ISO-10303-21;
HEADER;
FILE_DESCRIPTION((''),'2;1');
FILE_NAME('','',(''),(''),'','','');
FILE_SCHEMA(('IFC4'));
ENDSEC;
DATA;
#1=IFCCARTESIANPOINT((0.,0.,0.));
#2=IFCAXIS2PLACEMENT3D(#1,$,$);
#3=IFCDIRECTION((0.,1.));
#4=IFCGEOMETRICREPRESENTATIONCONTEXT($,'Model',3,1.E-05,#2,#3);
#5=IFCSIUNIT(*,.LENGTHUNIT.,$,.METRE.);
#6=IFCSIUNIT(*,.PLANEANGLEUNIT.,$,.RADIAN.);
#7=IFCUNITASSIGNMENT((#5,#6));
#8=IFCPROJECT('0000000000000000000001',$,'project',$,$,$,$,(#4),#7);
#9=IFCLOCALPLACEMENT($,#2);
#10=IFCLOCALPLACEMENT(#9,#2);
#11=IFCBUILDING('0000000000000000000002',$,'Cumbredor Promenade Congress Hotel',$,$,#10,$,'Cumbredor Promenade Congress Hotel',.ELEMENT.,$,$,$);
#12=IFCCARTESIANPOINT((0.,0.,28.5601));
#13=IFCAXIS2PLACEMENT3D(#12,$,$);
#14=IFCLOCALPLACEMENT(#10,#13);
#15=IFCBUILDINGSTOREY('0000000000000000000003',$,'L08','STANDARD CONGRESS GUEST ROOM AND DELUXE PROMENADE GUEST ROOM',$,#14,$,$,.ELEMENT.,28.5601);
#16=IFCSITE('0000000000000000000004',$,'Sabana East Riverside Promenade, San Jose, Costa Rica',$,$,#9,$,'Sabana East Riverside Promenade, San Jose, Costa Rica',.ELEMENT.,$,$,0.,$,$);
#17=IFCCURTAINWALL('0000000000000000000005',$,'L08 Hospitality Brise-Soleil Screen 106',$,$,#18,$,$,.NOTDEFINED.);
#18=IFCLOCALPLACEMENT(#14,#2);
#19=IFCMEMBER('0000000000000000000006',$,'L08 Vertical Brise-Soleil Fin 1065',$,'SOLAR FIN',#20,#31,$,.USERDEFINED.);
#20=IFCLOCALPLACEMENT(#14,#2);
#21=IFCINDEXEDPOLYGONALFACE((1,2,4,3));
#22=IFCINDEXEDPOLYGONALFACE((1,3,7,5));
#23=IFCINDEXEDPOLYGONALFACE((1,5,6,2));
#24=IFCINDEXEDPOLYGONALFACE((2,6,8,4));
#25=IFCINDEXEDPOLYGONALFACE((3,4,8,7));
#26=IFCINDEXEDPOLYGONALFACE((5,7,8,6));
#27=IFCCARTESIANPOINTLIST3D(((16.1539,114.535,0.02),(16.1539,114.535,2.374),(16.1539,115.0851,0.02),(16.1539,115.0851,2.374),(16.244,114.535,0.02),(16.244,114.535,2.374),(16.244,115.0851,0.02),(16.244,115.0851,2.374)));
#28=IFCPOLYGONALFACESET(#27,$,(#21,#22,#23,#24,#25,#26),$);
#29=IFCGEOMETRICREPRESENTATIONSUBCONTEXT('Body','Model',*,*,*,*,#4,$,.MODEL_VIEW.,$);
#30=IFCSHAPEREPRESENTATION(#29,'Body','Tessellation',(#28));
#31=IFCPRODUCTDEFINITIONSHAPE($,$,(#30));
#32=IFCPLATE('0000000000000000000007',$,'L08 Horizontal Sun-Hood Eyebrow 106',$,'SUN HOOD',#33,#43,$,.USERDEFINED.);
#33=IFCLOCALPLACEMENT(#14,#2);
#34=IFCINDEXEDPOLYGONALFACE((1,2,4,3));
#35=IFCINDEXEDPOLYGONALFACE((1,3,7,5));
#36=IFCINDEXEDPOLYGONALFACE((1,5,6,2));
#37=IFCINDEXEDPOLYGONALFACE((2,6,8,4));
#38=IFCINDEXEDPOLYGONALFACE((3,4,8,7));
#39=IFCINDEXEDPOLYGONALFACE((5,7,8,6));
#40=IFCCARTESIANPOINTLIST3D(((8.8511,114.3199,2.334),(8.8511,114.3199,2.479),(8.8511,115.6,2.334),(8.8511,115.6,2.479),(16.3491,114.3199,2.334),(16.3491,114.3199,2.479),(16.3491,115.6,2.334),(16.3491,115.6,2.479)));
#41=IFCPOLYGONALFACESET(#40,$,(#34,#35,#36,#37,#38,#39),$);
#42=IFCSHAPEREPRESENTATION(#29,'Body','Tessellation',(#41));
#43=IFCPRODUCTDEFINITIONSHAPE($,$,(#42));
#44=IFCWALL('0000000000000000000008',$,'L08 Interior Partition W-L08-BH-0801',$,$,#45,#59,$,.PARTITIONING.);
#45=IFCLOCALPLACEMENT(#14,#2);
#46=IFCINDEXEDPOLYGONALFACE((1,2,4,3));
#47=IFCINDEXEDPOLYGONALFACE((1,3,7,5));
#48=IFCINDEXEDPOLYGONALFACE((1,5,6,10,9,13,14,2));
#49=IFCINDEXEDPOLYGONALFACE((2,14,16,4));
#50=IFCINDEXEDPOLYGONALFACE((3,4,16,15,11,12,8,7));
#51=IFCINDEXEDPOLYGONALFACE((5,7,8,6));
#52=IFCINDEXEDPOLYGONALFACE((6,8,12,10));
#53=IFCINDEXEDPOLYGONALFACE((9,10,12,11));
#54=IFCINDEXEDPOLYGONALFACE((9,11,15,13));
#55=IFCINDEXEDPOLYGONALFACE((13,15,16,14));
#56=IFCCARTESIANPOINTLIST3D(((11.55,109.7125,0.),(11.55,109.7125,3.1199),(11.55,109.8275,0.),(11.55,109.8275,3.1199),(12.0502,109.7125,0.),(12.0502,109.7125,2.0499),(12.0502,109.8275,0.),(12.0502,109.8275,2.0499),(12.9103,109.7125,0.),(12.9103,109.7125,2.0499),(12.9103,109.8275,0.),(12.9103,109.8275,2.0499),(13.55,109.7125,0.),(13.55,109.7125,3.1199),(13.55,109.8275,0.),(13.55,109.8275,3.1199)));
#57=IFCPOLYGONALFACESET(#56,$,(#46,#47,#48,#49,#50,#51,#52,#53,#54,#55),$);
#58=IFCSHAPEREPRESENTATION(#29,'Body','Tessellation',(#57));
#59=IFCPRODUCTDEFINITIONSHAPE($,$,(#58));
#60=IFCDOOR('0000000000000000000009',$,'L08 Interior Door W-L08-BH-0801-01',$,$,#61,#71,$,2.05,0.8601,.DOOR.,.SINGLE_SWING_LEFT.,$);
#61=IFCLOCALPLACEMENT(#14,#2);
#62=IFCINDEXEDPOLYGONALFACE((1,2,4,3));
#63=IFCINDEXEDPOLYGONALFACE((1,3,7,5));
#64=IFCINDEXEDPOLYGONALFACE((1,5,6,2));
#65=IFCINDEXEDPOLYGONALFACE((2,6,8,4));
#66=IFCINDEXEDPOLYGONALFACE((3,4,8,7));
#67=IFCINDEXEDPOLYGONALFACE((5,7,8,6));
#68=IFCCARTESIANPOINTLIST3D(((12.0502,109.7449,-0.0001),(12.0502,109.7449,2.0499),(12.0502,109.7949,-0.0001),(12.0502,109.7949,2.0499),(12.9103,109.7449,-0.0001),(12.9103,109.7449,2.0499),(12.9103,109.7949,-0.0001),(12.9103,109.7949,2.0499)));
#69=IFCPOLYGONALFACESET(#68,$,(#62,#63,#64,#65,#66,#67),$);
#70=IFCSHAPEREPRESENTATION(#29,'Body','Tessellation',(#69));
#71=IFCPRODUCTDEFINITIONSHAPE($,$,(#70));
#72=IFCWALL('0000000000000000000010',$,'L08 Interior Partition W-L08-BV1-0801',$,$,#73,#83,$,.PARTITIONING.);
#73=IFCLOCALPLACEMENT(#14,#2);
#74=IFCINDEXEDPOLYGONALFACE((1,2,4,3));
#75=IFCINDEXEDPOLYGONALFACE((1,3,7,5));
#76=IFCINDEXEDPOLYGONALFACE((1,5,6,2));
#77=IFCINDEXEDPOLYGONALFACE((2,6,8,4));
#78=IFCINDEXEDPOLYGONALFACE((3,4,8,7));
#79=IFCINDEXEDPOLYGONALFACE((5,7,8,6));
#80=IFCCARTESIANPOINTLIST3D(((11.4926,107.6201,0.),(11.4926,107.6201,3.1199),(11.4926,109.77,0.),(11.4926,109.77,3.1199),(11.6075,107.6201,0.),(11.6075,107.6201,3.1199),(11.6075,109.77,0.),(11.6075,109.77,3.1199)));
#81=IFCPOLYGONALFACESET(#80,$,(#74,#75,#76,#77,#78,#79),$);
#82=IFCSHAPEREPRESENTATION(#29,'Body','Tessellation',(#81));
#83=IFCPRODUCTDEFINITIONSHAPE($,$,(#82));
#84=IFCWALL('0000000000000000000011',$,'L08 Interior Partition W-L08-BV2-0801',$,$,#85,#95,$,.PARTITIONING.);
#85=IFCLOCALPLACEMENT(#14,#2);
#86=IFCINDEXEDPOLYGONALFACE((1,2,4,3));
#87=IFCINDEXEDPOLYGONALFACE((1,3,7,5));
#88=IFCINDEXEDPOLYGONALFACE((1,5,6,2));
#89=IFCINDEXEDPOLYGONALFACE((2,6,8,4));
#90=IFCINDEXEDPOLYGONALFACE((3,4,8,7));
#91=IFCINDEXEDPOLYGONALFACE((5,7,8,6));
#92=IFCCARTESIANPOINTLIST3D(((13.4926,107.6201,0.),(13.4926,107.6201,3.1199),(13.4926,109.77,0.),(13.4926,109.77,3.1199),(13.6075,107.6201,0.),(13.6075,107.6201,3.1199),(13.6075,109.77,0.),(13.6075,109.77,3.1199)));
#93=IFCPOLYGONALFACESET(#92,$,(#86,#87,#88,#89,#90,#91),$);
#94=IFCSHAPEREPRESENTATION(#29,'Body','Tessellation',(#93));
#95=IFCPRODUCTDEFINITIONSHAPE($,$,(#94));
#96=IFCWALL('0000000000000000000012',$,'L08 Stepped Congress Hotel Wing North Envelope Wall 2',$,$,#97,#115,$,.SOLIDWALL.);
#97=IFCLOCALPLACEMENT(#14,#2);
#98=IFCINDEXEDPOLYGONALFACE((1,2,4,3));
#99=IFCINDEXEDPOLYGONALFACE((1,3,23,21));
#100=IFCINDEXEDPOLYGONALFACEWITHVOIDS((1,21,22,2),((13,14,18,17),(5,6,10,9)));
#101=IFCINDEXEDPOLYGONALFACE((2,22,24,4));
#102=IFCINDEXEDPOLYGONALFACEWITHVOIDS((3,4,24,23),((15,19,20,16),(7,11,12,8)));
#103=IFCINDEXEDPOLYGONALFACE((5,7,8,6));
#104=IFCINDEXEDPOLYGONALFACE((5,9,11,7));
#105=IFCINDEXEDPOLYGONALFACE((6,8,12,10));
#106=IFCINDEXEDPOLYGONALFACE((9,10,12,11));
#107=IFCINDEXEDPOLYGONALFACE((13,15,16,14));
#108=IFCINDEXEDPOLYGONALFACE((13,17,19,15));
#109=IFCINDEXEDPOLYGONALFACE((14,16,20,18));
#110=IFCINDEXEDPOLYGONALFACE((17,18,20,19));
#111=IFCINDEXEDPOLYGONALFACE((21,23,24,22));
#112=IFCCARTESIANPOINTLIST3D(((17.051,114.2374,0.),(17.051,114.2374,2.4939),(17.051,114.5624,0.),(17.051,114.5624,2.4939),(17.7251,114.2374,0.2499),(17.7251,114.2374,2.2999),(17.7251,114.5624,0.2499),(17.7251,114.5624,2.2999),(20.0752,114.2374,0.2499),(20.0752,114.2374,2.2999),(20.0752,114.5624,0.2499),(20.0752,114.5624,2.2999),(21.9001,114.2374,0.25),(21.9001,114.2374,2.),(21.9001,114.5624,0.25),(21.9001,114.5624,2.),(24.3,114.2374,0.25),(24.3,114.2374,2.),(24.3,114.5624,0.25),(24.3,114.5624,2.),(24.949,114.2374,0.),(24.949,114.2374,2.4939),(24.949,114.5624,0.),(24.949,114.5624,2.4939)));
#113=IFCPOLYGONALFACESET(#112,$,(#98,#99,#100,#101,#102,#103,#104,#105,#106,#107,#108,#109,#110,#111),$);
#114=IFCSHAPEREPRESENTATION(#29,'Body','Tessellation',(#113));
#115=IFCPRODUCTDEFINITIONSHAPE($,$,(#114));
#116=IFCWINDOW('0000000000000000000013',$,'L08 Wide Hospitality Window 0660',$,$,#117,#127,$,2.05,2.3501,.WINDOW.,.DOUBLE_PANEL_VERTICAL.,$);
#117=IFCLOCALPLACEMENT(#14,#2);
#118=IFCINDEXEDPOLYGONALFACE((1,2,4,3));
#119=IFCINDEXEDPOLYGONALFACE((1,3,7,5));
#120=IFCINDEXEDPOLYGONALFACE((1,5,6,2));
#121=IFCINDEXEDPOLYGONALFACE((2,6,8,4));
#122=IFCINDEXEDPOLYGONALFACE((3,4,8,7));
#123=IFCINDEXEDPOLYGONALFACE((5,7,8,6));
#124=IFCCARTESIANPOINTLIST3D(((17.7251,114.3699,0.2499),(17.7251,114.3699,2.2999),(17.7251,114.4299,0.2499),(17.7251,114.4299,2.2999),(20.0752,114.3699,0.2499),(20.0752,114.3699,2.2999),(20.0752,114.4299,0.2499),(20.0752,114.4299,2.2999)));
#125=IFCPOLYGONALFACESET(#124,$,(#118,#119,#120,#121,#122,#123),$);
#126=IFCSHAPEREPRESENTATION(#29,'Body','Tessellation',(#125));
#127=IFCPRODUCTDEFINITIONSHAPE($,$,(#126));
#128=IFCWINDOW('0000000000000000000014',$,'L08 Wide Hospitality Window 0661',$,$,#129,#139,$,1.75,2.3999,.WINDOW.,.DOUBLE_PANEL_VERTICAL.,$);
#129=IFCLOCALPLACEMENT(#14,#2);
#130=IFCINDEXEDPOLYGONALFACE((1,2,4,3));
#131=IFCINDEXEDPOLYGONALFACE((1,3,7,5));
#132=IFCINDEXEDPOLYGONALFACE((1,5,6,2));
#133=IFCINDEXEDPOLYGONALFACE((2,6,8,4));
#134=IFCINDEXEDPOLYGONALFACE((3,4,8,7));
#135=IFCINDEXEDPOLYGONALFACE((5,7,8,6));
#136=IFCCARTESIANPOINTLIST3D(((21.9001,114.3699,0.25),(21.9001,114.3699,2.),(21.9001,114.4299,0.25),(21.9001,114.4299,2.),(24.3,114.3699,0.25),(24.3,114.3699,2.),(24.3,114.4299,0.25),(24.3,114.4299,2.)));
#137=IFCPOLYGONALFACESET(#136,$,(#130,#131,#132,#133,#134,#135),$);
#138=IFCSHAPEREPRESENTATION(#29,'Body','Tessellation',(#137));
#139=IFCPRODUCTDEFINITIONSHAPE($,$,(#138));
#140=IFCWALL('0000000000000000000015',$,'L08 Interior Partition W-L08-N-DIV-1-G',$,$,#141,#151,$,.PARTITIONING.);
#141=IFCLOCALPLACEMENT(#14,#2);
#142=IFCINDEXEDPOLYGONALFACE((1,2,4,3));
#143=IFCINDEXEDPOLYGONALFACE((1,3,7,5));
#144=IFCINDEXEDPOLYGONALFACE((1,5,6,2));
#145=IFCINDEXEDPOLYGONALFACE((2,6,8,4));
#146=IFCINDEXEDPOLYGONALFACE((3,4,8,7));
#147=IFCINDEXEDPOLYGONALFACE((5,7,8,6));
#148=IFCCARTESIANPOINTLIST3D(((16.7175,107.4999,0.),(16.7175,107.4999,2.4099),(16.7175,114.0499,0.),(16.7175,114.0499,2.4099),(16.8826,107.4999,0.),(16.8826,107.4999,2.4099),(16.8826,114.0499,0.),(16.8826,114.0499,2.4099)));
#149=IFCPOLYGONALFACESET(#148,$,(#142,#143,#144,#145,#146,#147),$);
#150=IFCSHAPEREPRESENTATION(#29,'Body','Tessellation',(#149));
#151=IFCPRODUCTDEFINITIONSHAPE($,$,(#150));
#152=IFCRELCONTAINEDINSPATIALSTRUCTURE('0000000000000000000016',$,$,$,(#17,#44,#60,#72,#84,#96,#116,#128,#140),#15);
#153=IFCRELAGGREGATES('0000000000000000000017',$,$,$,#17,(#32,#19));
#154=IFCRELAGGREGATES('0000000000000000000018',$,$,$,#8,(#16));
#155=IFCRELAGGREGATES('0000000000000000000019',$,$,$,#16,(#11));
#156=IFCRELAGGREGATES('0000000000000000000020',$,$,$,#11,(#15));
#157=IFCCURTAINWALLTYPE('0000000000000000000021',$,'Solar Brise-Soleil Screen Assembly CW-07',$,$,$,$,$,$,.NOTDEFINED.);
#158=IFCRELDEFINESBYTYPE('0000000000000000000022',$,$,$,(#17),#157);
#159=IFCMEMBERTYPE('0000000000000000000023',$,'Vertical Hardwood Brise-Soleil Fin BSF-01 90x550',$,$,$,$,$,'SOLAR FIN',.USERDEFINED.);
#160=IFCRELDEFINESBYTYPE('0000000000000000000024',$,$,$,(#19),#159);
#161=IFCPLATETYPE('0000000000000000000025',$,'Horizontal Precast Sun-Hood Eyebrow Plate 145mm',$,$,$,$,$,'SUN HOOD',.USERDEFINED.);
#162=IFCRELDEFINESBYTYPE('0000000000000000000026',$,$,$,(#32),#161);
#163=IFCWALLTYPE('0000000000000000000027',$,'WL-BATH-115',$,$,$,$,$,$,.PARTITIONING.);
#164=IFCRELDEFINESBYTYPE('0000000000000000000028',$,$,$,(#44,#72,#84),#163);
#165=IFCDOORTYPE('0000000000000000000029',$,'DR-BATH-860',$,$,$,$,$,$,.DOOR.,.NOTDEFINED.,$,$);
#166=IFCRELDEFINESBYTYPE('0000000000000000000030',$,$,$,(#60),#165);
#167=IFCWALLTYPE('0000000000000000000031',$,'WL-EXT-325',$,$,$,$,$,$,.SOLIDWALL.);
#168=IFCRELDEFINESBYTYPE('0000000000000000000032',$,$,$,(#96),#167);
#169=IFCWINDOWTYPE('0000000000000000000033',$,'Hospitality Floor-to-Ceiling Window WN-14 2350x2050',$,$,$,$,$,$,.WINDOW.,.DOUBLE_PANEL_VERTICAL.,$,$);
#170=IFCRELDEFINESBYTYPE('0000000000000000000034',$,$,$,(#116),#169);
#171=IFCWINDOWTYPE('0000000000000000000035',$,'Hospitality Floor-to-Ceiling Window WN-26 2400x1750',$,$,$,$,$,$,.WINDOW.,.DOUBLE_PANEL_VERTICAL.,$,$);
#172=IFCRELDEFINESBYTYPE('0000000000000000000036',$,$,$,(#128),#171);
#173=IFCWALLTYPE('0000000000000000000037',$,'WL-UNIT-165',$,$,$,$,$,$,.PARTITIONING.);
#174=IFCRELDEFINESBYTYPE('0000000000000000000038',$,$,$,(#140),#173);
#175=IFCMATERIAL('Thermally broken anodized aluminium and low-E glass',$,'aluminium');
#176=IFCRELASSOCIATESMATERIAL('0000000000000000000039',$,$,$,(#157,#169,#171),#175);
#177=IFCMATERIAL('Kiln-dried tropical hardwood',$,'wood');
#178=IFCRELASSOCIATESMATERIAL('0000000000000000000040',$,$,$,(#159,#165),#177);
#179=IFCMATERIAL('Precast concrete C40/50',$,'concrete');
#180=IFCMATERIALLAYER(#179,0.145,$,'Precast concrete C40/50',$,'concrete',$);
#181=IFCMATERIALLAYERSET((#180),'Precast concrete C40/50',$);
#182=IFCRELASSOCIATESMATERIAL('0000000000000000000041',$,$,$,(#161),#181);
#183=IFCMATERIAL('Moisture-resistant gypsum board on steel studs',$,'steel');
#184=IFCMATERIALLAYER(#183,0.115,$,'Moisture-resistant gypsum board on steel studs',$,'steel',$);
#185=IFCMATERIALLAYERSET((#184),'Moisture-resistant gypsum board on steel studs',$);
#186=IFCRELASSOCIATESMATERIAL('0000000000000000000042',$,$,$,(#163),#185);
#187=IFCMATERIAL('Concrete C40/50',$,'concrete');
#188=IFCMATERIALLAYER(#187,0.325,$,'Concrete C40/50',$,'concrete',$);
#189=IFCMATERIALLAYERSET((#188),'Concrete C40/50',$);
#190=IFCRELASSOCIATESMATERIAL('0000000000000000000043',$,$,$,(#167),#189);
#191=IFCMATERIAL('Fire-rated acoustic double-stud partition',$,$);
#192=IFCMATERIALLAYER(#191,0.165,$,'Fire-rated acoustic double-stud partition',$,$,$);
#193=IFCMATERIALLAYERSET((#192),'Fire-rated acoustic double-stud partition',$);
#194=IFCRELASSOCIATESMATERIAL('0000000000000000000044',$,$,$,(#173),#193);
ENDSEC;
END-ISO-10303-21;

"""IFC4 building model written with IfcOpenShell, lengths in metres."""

from ifc_helpers import new_model, si_unit, direction, frame, frame_2d, origin, origin_2d, place, context, subcontext, project, spatial, rectangle, extrude, material, layer, layer_set, material_profile, profile_set, type_object, element, fill, aggregate, save


model = new_model("IFC4")

# Units and contexts
model_context = context("Model", 3, precision=1e-05, world=origin(), true_north=direction((0.0, 1.0)))
body_context = subcontext(model_context, "Body", "Model", "MODEL_VIEW")
ifc_project = project(units=[si_unit("LENGTHUNIT", "METRE"), si_unit("PLANEANGLEUNIT", "RADIAN")], contexts=[model_context])

# Site, building, storey
site_placement = place(None, origin())
site = spatial("IfcSite", under=ifc_project, at=site_placement, Name="Sabana East Riverside Promenade, San Jose, Costa Rica", LongName="Sabana East Riverside Promenade, San Jose, Costa Rica", CompositionType="ELEMENT", RefElevation=0.0)
building_placement = place(site_placement, origin())
building = spatial("IfcBuilding", under=site, at=building_placement, Name="Cumbredor Promenade Congress Hotel", LongName="Cumbredor Promenade Congress Hotel", CompositionType="ELEMENT")
storey_placement = place(building_placement, frame((0.0, 0.0, 28.5601)))
storey = spatial("IfcBuildingStorey", under=building, at=storey_placement, Name="L08", Description="STANDARD CONGRESS GUEST ROOM AND DELUXE PROMENADE GUEST ROOM", CompositionType="ELEMENT", Elevation=28.5601)

# Shared definitions
ifc_material_1 = material(Name="Concrete C40/50", Category="concrete")

# Curtain wall
ifc_material_2 = material(Name="Thermally broken anodized aluminium and low-E glass", Category="aluminium")
curtain_wall_type = type_object("IfcCurtainWallType", Name="Solar Brise-Soleil Screen Assembly CW-07", PredefinedType="NOTDEFINED", material=ifc_material_2)
curtain_wall_placement = place(storey_placement, origin())
curtain_wall = element("IfcCurtainWall", 1, at=curtain_wall_placement, inside=storey, type_object=curtain_wall_type, Name="L08 Hospitality Brise-Soleil Screen 106", PredefinedType="NOTDEFINED")

# Member
ifc_material_3 = material(Name="Kiln-dried tropical hardwood", Category="wood")
ifc_material_profile_1 = material_profile(ifc_material_3, rectangle(XDim=0.0901, YDim=0.55, at=origin_2d()), Name="ARCH FIN 90x550")
ifc_profile_set_1 = profile_set([ifc_material_profile_1], Name="Kiln-dried tropical hardwood")
member_type_1 = type_object("IfcMemberType", Name="Vertical Hardwood Brise-Soleil Fin BSF-01 90x550", ElementType="SOLAR FIN", PredefinedType="USERDEFINED", material=ifc_profile_set_1)
member_1_placement = place(storey_placement, frame((16.199, 114.8101, 0.02), z_axis=(0.0, 0.0, 1.0), x_axis=(1.0, 0.0, 0.0)))
member_1 = element("IfcMember", 2, at=member_1_placement, type_object=member_type_1, Name="L08 Vertical Brise-Soleil Fin 1065", ObjectType="SOLAR FIN", PredefinedType="USERDEFINED", context=body_context, shape_type="SweptSolid", body=[
    extrude(rectangle(XDim=0.0901, YDim=0.55, at=origin_2d()), origin(), (0.0, 0.0, 1.0), 2.354),
])

# Plate
ifc_material_4 = material(Name="Precast concrete C40/50", Category="concrete")
ifc_layer_1 = layer(ifc_material_4, 0.145, Name="Precast concrete C40/50", Category="concrete")
ifc_layer_set_1 = layer_set([ifc_layer_1], Name="Precast concrete C40/50")
plate_type = type_object("IfcPlateType", Name="Horizontal Precast Sun-Hood Eyebrow Plate 145mm", ElementType="SUN HOOD", PredefinedType="USERDEFINED", material=ifc_layer_set_1)
plate_placement = place(storey_placement, frame((12.6001, 114.96, 2.334), z_axis=(0.0, 0.0, 1.0), x_axis=(1.0, 0.0, 0.0)))
plate = element("IfcPlate", 3, at=plate_placement, type_object=plate_type, Name="L08 Horizontal Sun-Hood Eyebrow 106", ObjectType="SUN HOOD", PredefinedType="USERDEFINED", context=body_context, shape_type="SweptSolid", body=[
    extrude(rectangle(XDim=7.498, YDim=1.28, at=origin_2d()), origin(), (0.0, 0.0, 1.0), 0.145),
])
aggregate(curtain_wall, [plate, member_1])

# Wall, opening, door
ifc_material_5 = material(Name="Moisture-resistant gypsum board on steel studs", Category="steel")
ifc_layer_2 = layer(ifc_material_5, 0.115, Name="Moisture-resistant gypsum board on steel studs", Category="steel")
ifc_layer_set_2 = layer_set([ifc_layer_2], Name="Moisture-resistant gypsum board on steel studs")
wall_type_1 = type_object("IfcWallType", Name="WL-BATH-115", PredefinedType="PARTITIONING", material=ifc_layer_set_2)
wall_1_placement = place(storey_placement, frame((11.55, 109.77, 0.0), z_axis=(0.0, 0.0, 1.0), x_axis=(1.0, 0.0, 0.0)))
wall_1 = element("IfcWall", 4, at=wall_1_placement, inside=storey, type_object=wall_type_1, Name="L08 Interior Partition W-L08-BH-0801", PredefinedType="PARTITIONING", context=body_context, shape_type="SweptSolid", body=[
    extrude(rectangle(XDim=2.0, YDim=0.115, at=frame_2d((1.0, 0.0))), origin(), (0.0, 0.0, 1.0), 3.1199),
])
opening_1_placement = place(wall_1_placement, frame((0.5, 0.0, 0.0)))
opening_1 = element("IfcOpeningElement", 5, at=opening_1_placement, cuts=wall_1, PredefinedType="OPENING", context=body_context, shape_type="SweptSolid", body=[
    extrude(rectangle(XDim=0.8601, YDim=2.05, at=frame_2d((0.4302, 1.0249))), frame((0.0, 0.0674, 0.0), z_axis=(0.0, -1.0, 0.0), x_axis=(1.0, 0.0, 0.0)), (0.0, 0.0, 1.0), 0.135),
])
door_type = type_object("IfcDoorType", Name="DR-BATH-860", OperationType="NOTDEFINED", PredefinedType="DOOR", material=ifc_material_3)
door_placement = place(opening_1_placement, origin())
door = element("IfcDoor", 6, at=door_placement, inside=storey, type_object=door_type, Name="L08 Interior Door W-L08-BH-0801-01", OperationType="SINGLE_SWING_LEFT", OverallHeight=2.05, OverallWidth=0.8601, PredefinedType="DOOR", context=body_context, shape_type="SweptSolid", body=[
    extrude(rectangle(XDim=0.8601, YDim=2.05, at=frame_2d((0.4302, 1.0249))), frame((0.0, 0.0249, 0.0), z_axis=(0.0, -1.0, 0.0), x_axis=(1.0, 0.0, 0.0)), (0.0, 0.0, 1.0), 0.05),
])
fill(opening_1, door)

# Walls
for number, where, z_axis, x_axis, name in (
    (7, (11.55, 107.6201, 0.0), (0.0, 0.0, 1.0), (0.0, 1.0, 0.0), "L08 Interior Partition W-L08-BV1-0801"),
    (8, (13.55, 107.6201, 0.0), (0.0, 0.0, 1.0), (0.0, 1.0, 0.0), "L08 Interior Partition W-L08-BV2-0801"),
):
    element("IfcWall", number, at=place(storey_placement, frame(where, z_axis=z_axis, x_axis=x_axis)), inside=storey, type_object=wall_type_1, Name=name, PredefinedType="PARTITIONING", context=body_context, shape_type="SweptSolid", body=[
        extrude(rectangle(XDim=2.1499, YDim=0.115, at=frame_2d((1.075, 0.0))), origin(), (0.0, 0.0, 1.0), 3.1199),
    ])

# Wall, openings, windows
ifc_layer_3 = layer(ifc_material_1, 0.325, Name="Concrete C40/50", Category="concrete")
ifc_layer_set_3 = layer_set([ifc_layer_3], Name="Concrete C40/50")
wall_type_2 = type_object("IfcWallType", Name="WL-EXT-325", PredefinedType="SOLIDWALL", material=ifc_layer_set_3)
wall_2_placement = place(storey_placement, frame((17.051, 114.3999, 0.0), z_axis=(0.0, 0.0, 1.0), x_axis=(1.0, 0.0, 0.0)))
wall_2 = element("IfcWall", 9, at=wall_2_placement, inside=storey, type_object=wall_type_2, Name="L08 Stepped Congress Hotel Wing North Envelope Wall 2", PredefinedType="SOLIDWALL", context=body_context, shape_type="SweptSolid", body=[
    extrude(rectangle(XDim=7.8979, YDim=0.325, at=frame_2d((3.949, 0.0))), origin(), (0.0, 0.0, 1.0), 2.4939),
])
opening_2_placement = place(wall_2_placement, frame((0.6741, 0.0, 0.25)))
opening_2 = element("IfcOpeningElement", 10, at=opening_2_placement, cuts=wall_2, PredefinedType="OPENING", context=body_context, shape_type="SweptSolid", body=[
    extrude(rectangle(XDim=2.3501, YDim=2.05, at=frame_2d((1.175, 1.0249))), frame((0.0, 0.1724, 0.0), z_axis=(0.0, -1.0, 0.0), x_axis=(1.0, 0.0, 0.0)), (0.0, 0.0, 1.0), 0.345),
])
opening_3_placement = place(wall_2_placement, frame((4.8491, 0.0, 0.25)))
opening_3 = element("IfcOpeningElement", 11, at=opening_3_placement, cuts=wall_2, PredefinedType="OPENING", context=body_context, shape_type="SweptSolid", body=[
    extrude(rectangle(XDim=2.3999, YDim=1.75, at=frame_2d((1.2, 0.875))), frame((0.0, 0.1724, 0.0), z_axis=(0.0, -1.0, 0.0), x_axis=(1.0, 0.0, 0.0)), (0.0, 0.0, 1.0), 0.345),
])
window_type_1 = type_object("IfcWindowType", Name="Hospitality Floor-to-Ceiling Window WN-14 2350x2050", PartitioningType="DOUBLE_PANEL_VERTICAL", PredefinedType="WINDOW", material=ifc_material_2)
window_1_placement = place(opening_2_placement, origin())
window_1 = element("IfcWindow", 12, at=window_1_placement, inside=storey, type_object=window_type_1, Name="L08 Wide Hospitality Window 0660", OverallHeight=2.05, OverallWidth=2.3501, PartitioningType="DOUBLE_PANEL_VERTICAL", PredefinedType="WINDOW", context=body_context, shape_type="SweptSolid", body=[
    extrude(rectangle(XDim=2.3501, YDim=2.05, at=frame_2d((1.175, 1.0249))), frame((0.0, 0.03, 0.0), z_axis=(0.0, -1.0, 0.0), x_axis=(1.0, 0.0, 0.0)), (0.0, 0.0, 1.0), 0.0601),
])
fill(opening_2, window_1)
window_type_2 = type_object("IfcWindowType", Name="Hospitality Floor-to-Ceiling Window WN-26 2400x1750", PartitioningType="DOUBLE_PANEL_VERTICAL", PredefinedType="WINDOW", material=ifc_material_2)
window_2_placement = place(opening_3_placement, origin())
window_2 = element("IfcWindow", 13, at=window_2_placement, inside=storey, type_object=window_type_2, Name="L08 Wide Hospitality Window 0661", OverallHeight=1.75, OverallWidth=2.3999, PartitioningType="DOUBLE_PANEL_VERTICAL", PredefinedType="WINDOW", context=body_context, shape_type="SweptSolid", body=[
    extrude(rectangle(XDim=2.3999, YDim=1.75, at=frame_2d((1.2, 0.875))), frame((0.0, 0.03, 0.0), z_axis=(0.0, -1.0, 0.0), x_axis=(1.0, 0.0, 0.0)), (0.0, 0.0, 1.0), 0.0601),
])
fill(opening_3, window_2)

# Wall
ifc_material_6 = material(Name="Fire-rated acoustic double-stud partition")
ifc_layer_4 = layer(ifc_material_6, 0.165, Name="Fire-rated acoustic double-stud partition")
ifc_layer_set_4 = layer_set([ifc_layer_4], Name="Fire-rated acoustic double-stud partition")
wall_type_3 = type_object("IfcWallType", Name="WL-UNIT-165", PredefinedType="PARTITIONING", material=ifc_layer_set_4)
wall_3_placement = place(storey_placement, frame((16.8, 107.5, 0.0), z_axis=(0.0, 0.0, 1.0), x_axis=(0.0, 1.0, 0.0)))
element("IfcWall", 14, at=wall_3_placement, inside=storey, type_object=wall_type_3, Name="L08 Interior Partition W-L08-N-DIV-1-G", PredefinedType="PARTITIONING", context=body_context, shape_type="SweptSolid", body=[
    extrude(rectangle(XDim=6.55, YDim=0.165, at=frame_2d((3.2749, 0.0))), origin(), (0.0, 0.0, 1.0), 2.4099),
])

save(model, "model.ifc")
